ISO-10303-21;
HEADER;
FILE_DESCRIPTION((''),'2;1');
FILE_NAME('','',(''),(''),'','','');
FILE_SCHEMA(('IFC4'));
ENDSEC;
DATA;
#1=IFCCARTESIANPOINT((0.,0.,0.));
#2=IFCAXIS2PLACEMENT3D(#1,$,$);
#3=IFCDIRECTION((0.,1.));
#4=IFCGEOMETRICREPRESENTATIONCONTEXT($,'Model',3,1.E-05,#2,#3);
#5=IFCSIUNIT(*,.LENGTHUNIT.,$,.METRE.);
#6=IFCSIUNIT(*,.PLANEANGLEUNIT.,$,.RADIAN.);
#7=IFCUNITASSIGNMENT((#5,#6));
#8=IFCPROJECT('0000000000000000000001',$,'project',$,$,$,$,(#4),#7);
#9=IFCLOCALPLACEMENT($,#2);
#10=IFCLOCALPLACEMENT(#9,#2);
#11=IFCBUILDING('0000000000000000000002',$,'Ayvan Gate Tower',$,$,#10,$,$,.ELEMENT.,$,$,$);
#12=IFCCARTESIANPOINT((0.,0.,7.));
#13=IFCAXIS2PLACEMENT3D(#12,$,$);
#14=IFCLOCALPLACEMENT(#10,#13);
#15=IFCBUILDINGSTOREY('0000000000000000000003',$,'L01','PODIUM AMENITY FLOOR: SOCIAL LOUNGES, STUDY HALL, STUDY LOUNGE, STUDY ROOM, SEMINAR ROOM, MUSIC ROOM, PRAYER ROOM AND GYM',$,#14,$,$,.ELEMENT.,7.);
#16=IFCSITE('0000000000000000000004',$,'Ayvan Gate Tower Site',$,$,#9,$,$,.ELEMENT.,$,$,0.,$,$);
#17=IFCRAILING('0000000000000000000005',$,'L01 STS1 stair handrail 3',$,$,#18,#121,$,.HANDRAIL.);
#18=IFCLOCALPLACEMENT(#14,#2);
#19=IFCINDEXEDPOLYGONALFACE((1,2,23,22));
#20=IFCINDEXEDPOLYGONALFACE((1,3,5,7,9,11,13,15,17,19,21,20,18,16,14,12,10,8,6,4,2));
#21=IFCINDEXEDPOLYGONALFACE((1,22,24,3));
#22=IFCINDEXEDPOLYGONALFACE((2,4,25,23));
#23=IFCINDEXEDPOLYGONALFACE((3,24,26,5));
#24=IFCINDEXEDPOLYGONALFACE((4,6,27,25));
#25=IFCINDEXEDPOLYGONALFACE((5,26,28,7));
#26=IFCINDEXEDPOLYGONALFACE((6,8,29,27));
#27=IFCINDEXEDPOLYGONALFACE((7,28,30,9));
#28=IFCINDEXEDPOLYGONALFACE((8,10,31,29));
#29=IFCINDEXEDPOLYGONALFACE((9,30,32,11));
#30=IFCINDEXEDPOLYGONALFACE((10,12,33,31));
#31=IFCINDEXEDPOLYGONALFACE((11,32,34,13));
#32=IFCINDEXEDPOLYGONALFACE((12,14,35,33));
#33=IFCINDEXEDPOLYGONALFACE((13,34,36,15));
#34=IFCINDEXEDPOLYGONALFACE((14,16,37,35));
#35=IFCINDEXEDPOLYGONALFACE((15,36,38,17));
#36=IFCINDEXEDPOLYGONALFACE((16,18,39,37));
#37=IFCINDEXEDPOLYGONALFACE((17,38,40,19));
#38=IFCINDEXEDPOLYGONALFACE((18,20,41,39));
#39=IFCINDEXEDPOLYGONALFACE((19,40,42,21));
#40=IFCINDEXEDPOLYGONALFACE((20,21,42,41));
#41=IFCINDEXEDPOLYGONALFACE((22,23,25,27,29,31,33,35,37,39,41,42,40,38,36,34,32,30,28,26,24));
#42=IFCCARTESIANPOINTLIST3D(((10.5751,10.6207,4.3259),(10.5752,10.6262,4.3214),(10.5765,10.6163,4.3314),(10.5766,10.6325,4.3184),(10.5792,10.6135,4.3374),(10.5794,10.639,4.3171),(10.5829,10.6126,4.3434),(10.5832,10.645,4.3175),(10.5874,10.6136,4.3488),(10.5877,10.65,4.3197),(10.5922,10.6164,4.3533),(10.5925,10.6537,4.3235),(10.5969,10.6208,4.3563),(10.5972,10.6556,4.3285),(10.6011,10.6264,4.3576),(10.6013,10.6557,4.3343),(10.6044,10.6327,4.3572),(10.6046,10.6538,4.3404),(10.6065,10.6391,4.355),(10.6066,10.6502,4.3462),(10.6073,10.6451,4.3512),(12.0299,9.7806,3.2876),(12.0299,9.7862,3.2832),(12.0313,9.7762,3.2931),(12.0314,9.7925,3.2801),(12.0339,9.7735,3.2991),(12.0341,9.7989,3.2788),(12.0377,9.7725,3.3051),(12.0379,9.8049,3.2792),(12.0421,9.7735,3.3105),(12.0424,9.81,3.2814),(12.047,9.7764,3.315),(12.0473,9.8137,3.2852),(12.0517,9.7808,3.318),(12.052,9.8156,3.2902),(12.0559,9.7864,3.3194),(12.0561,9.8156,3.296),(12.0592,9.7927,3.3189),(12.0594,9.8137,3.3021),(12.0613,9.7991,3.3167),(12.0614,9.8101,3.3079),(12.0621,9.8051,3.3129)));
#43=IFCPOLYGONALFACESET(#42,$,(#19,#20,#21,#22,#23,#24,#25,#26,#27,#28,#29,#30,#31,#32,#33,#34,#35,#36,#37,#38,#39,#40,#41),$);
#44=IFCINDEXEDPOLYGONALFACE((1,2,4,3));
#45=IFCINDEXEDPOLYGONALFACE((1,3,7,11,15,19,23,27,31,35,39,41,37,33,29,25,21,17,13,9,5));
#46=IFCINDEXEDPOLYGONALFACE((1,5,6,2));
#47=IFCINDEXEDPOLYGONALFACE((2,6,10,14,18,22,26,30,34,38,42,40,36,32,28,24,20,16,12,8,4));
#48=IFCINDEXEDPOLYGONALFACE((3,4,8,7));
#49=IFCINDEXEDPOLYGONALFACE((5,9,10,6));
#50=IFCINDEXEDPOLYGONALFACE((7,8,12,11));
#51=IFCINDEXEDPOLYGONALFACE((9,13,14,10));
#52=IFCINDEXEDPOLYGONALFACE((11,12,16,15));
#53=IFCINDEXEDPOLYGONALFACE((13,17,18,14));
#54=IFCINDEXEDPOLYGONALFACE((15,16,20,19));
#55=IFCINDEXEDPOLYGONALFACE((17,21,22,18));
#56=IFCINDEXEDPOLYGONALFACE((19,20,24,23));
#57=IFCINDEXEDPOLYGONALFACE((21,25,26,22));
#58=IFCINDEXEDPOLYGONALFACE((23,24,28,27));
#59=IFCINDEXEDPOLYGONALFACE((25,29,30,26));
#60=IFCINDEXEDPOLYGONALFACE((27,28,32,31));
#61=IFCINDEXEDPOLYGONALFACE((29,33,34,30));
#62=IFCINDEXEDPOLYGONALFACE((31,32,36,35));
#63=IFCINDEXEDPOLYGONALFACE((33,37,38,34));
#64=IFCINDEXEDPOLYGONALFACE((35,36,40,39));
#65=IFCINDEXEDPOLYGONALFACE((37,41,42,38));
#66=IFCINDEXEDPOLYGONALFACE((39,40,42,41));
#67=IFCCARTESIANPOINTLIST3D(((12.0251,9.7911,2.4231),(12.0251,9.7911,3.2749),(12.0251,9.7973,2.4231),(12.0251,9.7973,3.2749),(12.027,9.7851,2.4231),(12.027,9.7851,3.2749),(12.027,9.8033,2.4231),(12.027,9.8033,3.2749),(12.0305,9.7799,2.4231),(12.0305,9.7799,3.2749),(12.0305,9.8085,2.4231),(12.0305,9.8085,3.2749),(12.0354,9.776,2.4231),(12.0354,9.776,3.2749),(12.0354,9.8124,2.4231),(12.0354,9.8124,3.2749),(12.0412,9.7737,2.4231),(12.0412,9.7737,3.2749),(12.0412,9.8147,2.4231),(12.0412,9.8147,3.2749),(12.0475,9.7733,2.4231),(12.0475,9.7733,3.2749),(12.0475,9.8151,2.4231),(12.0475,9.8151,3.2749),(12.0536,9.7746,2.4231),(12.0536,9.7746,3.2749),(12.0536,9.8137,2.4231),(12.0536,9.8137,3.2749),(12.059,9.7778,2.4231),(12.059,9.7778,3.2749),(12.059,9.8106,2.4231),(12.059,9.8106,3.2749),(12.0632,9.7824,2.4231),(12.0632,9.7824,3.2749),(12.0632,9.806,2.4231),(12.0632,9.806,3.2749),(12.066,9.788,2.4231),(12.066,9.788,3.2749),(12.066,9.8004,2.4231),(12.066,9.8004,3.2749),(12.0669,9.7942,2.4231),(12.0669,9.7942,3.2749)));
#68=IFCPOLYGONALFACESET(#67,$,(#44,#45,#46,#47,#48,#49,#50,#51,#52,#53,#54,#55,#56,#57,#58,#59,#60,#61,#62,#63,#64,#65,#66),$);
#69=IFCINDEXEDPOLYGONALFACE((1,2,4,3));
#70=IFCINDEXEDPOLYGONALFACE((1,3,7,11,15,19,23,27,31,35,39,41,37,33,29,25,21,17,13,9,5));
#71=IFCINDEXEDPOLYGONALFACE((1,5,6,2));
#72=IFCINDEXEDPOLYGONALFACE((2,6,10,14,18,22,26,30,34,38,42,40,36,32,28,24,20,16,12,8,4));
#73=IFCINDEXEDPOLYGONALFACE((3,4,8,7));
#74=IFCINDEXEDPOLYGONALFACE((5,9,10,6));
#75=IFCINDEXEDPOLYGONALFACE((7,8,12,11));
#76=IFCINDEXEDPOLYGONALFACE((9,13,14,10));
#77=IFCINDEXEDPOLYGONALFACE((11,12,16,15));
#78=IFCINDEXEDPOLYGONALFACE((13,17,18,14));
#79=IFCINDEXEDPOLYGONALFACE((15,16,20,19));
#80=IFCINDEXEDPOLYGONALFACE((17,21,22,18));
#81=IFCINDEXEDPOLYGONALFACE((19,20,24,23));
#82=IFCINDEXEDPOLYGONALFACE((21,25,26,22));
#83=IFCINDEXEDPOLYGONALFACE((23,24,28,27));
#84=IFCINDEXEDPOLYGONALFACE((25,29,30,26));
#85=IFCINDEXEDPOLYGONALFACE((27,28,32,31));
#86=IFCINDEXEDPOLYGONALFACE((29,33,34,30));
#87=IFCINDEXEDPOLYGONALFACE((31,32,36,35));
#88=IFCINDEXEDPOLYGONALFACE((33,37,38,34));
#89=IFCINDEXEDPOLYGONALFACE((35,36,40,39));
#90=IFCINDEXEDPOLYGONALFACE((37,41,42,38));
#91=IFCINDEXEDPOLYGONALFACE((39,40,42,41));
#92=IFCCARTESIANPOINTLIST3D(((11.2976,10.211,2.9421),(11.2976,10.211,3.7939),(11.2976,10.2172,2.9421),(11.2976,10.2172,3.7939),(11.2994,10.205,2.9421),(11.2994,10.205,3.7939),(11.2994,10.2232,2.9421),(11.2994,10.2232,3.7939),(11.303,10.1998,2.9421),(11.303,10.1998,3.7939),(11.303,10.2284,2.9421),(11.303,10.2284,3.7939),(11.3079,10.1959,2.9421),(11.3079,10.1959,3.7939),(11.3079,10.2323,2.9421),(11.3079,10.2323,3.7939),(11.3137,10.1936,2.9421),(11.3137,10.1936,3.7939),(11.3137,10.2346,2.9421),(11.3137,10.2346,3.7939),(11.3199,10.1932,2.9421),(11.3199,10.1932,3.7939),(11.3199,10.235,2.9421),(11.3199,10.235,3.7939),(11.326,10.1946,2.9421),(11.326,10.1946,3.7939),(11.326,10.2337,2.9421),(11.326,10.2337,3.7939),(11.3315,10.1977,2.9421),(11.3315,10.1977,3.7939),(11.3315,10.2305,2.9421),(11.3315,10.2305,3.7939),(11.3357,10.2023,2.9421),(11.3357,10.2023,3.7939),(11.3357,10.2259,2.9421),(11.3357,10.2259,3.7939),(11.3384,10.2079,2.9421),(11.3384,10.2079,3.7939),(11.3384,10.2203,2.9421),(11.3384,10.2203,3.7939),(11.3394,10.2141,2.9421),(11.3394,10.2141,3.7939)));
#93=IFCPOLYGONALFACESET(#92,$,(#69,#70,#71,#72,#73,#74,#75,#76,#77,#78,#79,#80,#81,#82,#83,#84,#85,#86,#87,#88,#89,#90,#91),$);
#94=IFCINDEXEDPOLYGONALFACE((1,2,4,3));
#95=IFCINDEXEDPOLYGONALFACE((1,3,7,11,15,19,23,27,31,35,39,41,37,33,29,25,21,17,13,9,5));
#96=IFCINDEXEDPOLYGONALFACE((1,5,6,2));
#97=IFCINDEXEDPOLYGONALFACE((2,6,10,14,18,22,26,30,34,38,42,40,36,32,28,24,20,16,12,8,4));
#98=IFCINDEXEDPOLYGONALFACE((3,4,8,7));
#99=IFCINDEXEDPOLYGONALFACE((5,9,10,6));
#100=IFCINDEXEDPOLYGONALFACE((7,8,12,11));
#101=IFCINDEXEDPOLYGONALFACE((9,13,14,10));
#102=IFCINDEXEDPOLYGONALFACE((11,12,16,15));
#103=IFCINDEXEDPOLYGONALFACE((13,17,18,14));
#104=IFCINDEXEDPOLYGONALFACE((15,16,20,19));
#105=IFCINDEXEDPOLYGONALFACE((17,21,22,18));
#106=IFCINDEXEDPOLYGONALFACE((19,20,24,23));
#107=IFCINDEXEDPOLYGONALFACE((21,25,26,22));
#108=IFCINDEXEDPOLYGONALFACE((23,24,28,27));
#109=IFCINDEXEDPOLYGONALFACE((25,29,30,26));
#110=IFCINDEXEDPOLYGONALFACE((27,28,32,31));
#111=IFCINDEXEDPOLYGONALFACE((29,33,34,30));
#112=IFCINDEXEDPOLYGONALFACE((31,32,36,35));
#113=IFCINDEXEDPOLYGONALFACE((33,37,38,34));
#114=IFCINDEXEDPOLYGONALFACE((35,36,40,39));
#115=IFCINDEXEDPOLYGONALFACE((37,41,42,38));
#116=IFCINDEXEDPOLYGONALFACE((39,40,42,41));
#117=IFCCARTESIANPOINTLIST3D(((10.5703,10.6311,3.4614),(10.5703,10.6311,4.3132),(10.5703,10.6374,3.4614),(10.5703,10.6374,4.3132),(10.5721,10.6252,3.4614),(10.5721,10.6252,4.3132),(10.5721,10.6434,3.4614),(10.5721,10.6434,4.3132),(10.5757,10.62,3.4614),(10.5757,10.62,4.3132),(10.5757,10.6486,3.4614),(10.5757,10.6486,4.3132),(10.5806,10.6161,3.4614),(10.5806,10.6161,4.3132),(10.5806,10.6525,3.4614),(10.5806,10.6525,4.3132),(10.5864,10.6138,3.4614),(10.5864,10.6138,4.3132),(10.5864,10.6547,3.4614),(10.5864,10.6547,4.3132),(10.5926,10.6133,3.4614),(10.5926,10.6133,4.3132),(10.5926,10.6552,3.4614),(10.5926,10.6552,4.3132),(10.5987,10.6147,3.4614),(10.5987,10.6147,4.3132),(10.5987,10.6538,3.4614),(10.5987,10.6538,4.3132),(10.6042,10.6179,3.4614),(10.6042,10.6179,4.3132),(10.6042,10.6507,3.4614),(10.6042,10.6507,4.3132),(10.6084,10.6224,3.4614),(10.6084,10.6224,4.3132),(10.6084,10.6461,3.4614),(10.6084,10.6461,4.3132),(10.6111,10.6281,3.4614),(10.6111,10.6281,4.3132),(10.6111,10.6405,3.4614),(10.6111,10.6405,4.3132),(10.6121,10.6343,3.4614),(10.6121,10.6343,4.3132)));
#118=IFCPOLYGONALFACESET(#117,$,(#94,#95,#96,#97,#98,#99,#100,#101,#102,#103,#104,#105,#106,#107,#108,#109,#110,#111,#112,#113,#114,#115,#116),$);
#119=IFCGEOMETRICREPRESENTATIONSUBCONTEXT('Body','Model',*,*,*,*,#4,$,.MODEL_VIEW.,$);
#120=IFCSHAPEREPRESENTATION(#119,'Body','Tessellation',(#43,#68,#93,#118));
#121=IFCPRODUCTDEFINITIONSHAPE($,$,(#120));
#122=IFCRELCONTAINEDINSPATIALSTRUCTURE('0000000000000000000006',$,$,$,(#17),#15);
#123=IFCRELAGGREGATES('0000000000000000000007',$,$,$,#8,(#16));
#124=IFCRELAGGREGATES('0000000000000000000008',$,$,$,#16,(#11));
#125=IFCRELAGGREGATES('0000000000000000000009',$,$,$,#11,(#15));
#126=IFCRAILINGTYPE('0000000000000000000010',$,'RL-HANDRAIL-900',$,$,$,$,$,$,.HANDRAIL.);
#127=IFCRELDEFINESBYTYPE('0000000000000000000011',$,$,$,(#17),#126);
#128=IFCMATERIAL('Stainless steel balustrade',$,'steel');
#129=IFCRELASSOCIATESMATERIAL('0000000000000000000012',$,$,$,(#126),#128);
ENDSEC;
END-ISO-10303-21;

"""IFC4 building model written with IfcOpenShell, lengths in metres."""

from ifc_helpers import new_model, si_unit, direction, frame, origin, origin_2d, place, context, subcontext, project, spatial, circle, extrude, material, type_object, element, save


model = new_model("IFC4")

# Units and contexts
model_context = context("Model", 3, precision=1e-05, world=origin(), true_north=direction((0.0, 1.0)))
body_context = subcontext(model_context, "Body", "Model", "MODEL_VIEW")
ifc_project = project(units=[si_unit("LENGTHUNIT", "METRE"), si_unit("PLANEANGLEUNIT", "RADIAN")], contexts=[model_context])

# Site, building, storey
site_placement = place(None, origin())
site = spatial("IfcSite", under=ifc_project, at=site_placement, Name="Ayvan Gate Tower Site", CompositionType="ELEMENT", RefElevation=0.0)
building_placement = place(site_placement, origin())
building = spatial("IfcBuilding", under=site, at=building_placement, Name="Ayvan Gate Tower", CompositionType="ELEMENT")
storey_placement = place(building_placement, frame((0.0, 0.0, 7.0)))
storey = spatial("IfcBuildingStorey", under=building, at=storey_placement, Name="L01", Description="PODIUM AMENITY FLOOR: SOCIAL LOUNGES, STUDY HALL, STUDY LOUNGE, STUDY ROOM, SEMINAR ROOM, MUSIC ROOM, PRAYER ROOM AND GYM", CompositionType="ELEMENT", Elevation=7.0)

# Railing
ifc_material_1 = material(Name="Stainless steel balustrade", Category="steel")
railing_type = type_object("IfcRailingType", Name="RL-HANDRAIL-900", PredefinedType="HANDRAIL", material=ifc_material_1)
railing_placement = place(storey_placement, frame((12.0459, 9.7942, 2.4231)))
element("IfcRailing", 1, at=railing_placement, inside=storey, type_object=railing_type, Name="L01 STS1 stair handrail 3", PredefinedType="HANDRAIL", context=body_context, shape_type="SweptSolid", body=[
    extrude(circle(Radius=0.0239, at=origin_2d()), frame((0.0, 0.0, 0.876), z_axis=(-0.736644, 0.425372, 0.525751), x_axis=(-0.500062, -0.86599, 0.0)), (0.0, 0.0, 1.0), 1.9749),
    extrude(circle(Radius=0.021, at=origin_2d()), origin(), (0.0, 0.0, 1.0), 0.8518),
    extrude(circle(Radius=0.021, at=origin_2d()), frame((-0.7275, 0.4199, 0.519)), (0.0, 0.0, 1.0), 0.8518),
    extrude(circle(Radius=0.021, at=origin_2d()), frame((-1.4548, 0.8401, 1.0383)), (0.0, 0.0, 1.0), 0.8518),
])

save(model, "model.ifc")
